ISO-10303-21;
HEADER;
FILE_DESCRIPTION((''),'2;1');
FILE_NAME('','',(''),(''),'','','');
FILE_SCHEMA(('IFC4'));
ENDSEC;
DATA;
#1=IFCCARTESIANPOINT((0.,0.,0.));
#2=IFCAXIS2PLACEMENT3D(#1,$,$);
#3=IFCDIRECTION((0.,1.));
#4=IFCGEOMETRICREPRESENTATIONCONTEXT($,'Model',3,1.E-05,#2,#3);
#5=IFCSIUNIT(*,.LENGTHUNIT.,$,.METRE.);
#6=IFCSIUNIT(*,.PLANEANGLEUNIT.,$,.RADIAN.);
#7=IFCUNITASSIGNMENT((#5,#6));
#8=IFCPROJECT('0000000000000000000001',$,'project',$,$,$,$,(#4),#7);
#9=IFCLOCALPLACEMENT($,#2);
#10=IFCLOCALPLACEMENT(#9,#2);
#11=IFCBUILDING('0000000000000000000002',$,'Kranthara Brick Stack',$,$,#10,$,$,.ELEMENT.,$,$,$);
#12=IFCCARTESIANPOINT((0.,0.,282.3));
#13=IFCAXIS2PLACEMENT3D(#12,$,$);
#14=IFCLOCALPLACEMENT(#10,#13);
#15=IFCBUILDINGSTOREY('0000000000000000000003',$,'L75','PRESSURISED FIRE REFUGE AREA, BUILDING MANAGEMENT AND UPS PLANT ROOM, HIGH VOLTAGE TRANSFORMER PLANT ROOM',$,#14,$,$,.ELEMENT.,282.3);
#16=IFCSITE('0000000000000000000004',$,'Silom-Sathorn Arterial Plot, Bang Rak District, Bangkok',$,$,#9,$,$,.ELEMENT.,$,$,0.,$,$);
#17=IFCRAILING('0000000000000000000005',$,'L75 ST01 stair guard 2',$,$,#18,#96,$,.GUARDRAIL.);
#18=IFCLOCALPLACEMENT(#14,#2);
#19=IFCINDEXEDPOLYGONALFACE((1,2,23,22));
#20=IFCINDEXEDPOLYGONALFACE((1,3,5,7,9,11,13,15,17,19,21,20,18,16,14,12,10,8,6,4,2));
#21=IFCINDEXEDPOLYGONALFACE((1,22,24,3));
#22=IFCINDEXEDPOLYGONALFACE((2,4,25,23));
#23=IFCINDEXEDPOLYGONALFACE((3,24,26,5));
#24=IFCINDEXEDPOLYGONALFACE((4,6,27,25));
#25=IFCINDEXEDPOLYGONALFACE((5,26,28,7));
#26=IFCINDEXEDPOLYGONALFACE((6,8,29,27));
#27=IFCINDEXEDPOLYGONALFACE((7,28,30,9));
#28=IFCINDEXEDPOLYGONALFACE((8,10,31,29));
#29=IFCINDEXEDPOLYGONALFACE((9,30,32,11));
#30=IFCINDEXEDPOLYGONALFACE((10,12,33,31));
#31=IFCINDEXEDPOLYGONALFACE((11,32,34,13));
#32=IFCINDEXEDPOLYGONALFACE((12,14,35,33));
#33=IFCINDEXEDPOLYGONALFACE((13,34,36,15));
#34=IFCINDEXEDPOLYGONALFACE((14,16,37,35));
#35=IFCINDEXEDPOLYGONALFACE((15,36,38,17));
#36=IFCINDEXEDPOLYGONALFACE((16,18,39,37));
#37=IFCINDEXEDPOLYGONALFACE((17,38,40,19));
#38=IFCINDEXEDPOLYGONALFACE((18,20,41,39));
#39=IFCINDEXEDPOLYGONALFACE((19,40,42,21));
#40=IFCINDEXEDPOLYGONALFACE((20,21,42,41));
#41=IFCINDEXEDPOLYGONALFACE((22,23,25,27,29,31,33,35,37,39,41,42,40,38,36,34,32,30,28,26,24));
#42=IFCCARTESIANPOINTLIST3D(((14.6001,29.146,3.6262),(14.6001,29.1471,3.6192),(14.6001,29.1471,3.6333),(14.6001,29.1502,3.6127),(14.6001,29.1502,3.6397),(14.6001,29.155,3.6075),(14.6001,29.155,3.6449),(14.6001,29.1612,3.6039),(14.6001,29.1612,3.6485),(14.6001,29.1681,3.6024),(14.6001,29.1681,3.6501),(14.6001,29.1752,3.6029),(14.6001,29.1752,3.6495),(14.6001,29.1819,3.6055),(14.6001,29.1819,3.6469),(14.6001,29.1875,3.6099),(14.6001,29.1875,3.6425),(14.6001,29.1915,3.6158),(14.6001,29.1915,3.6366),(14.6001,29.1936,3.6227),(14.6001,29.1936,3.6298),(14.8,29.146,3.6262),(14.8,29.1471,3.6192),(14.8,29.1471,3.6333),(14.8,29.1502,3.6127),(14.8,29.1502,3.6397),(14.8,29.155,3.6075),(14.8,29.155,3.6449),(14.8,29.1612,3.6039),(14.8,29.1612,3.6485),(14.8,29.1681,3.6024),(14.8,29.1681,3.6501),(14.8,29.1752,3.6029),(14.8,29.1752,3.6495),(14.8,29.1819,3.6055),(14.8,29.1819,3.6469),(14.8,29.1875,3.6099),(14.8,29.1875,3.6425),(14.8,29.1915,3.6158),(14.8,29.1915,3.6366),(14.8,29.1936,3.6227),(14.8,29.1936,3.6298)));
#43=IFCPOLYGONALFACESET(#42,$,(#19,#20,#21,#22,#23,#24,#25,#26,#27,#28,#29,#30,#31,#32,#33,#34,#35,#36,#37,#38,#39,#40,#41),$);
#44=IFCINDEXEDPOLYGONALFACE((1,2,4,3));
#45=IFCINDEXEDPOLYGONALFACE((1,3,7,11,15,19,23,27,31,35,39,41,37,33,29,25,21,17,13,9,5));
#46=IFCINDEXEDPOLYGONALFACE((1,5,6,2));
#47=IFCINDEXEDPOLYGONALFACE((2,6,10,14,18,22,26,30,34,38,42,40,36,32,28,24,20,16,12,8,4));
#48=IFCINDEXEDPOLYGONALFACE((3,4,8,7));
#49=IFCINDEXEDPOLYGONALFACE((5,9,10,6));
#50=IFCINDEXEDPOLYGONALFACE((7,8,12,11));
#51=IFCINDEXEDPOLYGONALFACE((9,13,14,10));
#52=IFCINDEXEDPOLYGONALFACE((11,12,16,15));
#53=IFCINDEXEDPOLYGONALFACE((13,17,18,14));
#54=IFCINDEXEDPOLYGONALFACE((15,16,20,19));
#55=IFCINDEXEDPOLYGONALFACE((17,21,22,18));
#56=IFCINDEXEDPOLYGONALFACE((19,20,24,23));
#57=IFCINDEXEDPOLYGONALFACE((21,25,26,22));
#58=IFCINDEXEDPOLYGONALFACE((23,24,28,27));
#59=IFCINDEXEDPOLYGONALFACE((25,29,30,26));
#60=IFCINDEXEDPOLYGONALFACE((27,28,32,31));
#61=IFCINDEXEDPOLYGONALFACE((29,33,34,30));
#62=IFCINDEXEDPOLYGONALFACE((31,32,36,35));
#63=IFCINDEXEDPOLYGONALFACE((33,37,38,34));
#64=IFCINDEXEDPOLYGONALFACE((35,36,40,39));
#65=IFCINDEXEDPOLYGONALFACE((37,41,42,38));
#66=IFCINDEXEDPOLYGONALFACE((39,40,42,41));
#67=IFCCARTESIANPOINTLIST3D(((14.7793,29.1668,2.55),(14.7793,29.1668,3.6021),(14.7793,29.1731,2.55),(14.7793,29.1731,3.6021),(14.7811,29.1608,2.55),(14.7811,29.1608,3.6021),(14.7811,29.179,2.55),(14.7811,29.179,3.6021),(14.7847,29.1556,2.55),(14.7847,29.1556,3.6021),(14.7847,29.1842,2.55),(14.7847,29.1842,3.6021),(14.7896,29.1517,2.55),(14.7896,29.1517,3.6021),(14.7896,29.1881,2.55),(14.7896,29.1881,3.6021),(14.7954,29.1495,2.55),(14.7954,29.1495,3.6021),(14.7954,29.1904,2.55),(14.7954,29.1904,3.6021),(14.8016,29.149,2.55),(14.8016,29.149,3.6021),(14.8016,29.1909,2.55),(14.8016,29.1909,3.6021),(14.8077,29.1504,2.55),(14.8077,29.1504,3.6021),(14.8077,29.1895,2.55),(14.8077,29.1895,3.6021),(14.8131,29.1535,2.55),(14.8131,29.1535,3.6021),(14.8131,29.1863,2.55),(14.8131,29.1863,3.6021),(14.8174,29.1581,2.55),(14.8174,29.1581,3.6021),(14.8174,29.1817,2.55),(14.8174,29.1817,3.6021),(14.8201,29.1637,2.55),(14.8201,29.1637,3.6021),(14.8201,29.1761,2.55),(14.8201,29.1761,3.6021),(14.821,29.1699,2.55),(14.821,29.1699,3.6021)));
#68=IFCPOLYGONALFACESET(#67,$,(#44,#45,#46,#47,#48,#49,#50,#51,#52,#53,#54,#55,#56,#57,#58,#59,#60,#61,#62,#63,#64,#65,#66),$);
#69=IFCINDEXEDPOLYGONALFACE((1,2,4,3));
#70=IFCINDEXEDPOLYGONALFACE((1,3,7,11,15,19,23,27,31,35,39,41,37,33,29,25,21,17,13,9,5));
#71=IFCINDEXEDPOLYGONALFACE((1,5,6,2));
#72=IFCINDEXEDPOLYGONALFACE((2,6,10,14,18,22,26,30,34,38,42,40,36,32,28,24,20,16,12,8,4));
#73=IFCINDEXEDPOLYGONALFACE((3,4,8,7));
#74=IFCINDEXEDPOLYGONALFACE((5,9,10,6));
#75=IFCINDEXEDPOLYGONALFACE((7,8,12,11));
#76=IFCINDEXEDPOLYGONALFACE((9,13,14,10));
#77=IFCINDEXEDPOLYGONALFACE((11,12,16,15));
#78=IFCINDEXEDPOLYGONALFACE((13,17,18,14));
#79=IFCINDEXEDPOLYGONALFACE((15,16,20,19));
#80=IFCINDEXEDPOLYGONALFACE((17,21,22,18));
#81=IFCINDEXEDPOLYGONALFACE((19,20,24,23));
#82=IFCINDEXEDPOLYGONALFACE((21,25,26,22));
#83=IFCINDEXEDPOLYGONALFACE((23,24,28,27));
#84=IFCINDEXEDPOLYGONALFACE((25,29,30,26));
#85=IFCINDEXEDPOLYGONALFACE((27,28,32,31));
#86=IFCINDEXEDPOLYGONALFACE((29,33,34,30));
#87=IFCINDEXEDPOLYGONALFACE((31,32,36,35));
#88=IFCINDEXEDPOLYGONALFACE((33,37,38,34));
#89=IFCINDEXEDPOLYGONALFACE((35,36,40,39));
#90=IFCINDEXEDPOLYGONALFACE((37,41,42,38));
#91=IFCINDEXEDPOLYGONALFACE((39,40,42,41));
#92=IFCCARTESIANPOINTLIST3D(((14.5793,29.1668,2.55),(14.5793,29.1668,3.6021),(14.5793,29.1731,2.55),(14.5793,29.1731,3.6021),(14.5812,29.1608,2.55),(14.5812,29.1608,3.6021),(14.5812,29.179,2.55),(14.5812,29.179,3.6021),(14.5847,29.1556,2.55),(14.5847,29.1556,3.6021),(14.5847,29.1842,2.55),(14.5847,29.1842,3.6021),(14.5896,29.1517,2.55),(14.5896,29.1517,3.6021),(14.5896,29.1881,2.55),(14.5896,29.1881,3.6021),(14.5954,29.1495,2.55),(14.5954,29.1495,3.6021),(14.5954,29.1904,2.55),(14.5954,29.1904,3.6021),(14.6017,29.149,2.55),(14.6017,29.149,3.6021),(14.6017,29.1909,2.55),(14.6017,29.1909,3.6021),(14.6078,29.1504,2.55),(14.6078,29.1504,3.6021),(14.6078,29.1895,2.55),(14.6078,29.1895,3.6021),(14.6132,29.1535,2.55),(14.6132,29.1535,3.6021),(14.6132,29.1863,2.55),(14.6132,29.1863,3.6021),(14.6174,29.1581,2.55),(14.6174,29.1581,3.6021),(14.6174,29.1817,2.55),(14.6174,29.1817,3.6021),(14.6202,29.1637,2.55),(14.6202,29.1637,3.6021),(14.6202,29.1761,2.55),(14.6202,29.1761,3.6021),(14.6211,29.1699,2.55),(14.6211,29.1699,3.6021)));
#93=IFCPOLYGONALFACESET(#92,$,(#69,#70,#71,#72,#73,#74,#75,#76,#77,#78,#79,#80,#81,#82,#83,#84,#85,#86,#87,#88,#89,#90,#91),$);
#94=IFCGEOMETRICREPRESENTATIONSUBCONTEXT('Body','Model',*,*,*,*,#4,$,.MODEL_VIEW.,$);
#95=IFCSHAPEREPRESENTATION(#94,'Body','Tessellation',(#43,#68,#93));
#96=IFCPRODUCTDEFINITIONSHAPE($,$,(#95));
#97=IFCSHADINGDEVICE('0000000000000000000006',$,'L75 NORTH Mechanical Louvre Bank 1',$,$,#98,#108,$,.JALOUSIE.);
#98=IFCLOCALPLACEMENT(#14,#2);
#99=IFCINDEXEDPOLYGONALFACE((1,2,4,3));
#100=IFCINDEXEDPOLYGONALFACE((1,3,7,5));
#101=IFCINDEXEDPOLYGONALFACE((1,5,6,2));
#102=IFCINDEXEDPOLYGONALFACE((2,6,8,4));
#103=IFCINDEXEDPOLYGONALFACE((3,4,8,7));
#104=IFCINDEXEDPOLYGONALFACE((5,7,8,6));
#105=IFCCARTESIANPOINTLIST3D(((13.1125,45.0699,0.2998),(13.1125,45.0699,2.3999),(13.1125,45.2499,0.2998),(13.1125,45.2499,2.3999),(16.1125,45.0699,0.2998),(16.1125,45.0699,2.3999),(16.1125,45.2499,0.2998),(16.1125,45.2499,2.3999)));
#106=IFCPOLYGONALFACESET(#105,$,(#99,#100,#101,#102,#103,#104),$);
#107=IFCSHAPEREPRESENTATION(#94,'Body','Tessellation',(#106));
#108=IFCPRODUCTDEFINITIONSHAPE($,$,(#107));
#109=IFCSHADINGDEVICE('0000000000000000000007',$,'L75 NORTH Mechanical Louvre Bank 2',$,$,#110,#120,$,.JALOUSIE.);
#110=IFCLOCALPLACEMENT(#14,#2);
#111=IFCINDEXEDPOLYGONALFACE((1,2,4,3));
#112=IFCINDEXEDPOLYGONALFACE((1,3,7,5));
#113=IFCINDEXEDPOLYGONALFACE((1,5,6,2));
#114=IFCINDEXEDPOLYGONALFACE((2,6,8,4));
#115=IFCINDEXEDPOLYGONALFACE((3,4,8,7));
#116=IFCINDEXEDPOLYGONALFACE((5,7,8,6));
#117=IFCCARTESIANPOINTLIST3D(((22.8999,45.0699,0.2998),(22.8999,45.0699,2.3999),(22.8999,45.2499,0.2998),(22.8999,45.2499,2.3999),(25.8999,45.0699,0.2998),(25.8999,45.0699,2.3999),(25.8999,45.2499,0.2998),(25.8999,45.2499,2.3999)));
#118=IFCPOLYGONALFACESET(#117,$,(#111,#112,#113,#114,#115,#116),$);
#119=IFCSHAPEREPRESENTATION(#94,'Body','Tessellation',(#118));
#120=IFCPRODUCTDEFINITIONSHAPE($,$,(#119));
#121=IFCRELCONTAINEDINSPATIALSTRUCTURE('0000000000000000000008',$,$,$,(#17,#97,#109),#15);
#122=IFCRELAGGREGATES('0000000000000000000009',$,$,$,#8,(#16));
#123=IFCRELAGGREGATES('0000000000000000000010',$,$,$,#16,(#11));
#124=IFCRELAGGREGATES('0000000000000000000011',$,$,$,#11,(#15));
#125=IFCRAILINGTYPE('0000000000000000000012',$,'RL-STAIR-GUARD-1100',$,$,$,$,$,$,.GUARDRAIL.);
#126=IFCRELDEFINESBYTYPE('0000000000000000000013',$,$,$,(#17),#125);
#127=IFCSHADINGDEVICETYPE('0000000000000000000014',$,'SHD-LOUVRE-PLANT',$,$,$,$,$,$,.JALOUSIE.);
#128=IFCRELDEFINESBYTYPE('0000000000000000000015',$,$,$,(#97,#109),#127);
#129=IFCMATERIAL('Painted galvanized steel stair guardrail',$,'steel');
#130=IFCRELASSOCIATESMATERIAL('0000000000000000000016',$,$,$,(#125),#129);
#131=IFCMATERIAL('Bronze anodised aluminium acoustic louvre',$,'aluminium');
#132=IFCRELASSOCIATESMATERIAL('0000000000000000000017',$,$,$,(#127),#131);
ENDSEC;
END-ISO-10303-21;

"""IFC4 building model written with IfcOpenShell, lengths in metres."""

from ifc_helpers import new_model, si_unit, direction, frame, origin, origin_2d, place, context, subcontext, project, spatial, rectangle, circle, extrude, material, type_object, element, save


model = new_model("IFC4")

# Units and contexts
model_context = context("Model", 3, precision=1e-05, world=origin(), true_north=direction((0.0, 1.0)))
body_context = subcontext(model_context, "Body", "Model", "MODEL_VIEW")
ifc_project = project(units=[si_unit("LENGTHUNIT", "METRE"), si_unit("PLANEANGLEUNIT", "RADIAN")], contexts=[model_context])

# Site, building, storey
site_placement = place(None, origin())
site = spatial("IfcSite", under=ifc_project, at=site_placement, Name="Silom-Sathorn Arterial Plot, Bang Rak District, Bangkok", CompositionType="ELEMENT", RefElevation=0.0)
building_placement = place(site_placement, origin())
building = spatial("IfcBuilding", under=site, at=building_placement, Name="Kranthara Brick Stack", CompositionType="ELEMENT")
storey_placement = place(building_placement, frame((0.0, 0.0, 282.3)))
storey = spatial("IfcBuildingStorey", under=building, at=storey_placement, Name="L75", Description="PRESSURISED FIRE REFUGE AREA, BUILDING MANAGEMENT AND UPS PLANT ROOM, HIGH VOLTAGE TRANSFORMER PLANT ROOM", CompositionType="ELEMENT", Elevation=282.3)

# Railing
ifc_material_1 = material(Name="Painted galvanized steel stair guardrail", Category="steel")
railing_type = type_object("IfcRailingType", Name="RL-STAIR-GUARD-1100", PredefinedType="GUARDRAIL", material=ifc_material_1)
railing_placement = place(storey_placement, frame((14.8, 29.1699, 2.55)))
element("IfcRailing", 1, at=railing_placement, inside=storey, type_object=railing_type, Name="L75 ST01 stair guard 2", PredefinedType="GUARDRAIL", context=body_context, shape_type="SweptSolid", body=[
    extrude(circle(Radius=0.0239, at=origin_2d()), frame((0.0, 0.0, 1.0762), z_axis=(-1.0, 0.0, 0.0), x_axis=(0.0, -1.0, 0.0)), (0.0, 0.0, 1.0), 0.2),
    extrude(circle(Radius=0.021, at=origin_2d()), origin(), (0.0, 0.0, 1.0), 1.052),
    extrude(circle(Radius=0.021, at=origin_2d()), frame((-0.2, 0.0, 0.0)), (0.0, 0.0, 1.0), 1.052),
])

# Shading devices
ifc_material_2 = material(Name="Bronze anodised aluminium acoustic louvre", Category="aluminium")
shading_device_type = type_object("IfcShadingDeviceType", Name="SHD-LOUVRE-PLANT", PredefinedType="JALOUSIE", material=ifc_material_2)
for number, where, z_axis, x_axis, name in (
    (2, (14.6125, 45.1599, 0.2998), (0.0, 0.0, 1.0), (1.0, 0.0, 0.0), "L75 NORTH Mechanical Louvre Bank 1"),
    (3, (24.3999, 45.1599, 0.2998), (0.0, 0.0, 1.0), (1.0, 0.0, 0.0), "L75 NORTH Mechanical Louvre Bank 2"),
):
    element("IfcShadingDevice", number, at=place(storey_placement, frame(where, z_axis=z_axis, x_axis=x_axis)), inside=storey, type_object=shading_device_type, Name=name, PredefinedType="JALOUSIE", context=body_context, shape_type="SweptSolid", body=[
        extrude(rectangle(XDim=3.0, YDim=0.1799, at=origin_2d()), origin(), (0.0, 0.0, 1.0), 2.1001),
    ])

save(model, "model.ifc")
